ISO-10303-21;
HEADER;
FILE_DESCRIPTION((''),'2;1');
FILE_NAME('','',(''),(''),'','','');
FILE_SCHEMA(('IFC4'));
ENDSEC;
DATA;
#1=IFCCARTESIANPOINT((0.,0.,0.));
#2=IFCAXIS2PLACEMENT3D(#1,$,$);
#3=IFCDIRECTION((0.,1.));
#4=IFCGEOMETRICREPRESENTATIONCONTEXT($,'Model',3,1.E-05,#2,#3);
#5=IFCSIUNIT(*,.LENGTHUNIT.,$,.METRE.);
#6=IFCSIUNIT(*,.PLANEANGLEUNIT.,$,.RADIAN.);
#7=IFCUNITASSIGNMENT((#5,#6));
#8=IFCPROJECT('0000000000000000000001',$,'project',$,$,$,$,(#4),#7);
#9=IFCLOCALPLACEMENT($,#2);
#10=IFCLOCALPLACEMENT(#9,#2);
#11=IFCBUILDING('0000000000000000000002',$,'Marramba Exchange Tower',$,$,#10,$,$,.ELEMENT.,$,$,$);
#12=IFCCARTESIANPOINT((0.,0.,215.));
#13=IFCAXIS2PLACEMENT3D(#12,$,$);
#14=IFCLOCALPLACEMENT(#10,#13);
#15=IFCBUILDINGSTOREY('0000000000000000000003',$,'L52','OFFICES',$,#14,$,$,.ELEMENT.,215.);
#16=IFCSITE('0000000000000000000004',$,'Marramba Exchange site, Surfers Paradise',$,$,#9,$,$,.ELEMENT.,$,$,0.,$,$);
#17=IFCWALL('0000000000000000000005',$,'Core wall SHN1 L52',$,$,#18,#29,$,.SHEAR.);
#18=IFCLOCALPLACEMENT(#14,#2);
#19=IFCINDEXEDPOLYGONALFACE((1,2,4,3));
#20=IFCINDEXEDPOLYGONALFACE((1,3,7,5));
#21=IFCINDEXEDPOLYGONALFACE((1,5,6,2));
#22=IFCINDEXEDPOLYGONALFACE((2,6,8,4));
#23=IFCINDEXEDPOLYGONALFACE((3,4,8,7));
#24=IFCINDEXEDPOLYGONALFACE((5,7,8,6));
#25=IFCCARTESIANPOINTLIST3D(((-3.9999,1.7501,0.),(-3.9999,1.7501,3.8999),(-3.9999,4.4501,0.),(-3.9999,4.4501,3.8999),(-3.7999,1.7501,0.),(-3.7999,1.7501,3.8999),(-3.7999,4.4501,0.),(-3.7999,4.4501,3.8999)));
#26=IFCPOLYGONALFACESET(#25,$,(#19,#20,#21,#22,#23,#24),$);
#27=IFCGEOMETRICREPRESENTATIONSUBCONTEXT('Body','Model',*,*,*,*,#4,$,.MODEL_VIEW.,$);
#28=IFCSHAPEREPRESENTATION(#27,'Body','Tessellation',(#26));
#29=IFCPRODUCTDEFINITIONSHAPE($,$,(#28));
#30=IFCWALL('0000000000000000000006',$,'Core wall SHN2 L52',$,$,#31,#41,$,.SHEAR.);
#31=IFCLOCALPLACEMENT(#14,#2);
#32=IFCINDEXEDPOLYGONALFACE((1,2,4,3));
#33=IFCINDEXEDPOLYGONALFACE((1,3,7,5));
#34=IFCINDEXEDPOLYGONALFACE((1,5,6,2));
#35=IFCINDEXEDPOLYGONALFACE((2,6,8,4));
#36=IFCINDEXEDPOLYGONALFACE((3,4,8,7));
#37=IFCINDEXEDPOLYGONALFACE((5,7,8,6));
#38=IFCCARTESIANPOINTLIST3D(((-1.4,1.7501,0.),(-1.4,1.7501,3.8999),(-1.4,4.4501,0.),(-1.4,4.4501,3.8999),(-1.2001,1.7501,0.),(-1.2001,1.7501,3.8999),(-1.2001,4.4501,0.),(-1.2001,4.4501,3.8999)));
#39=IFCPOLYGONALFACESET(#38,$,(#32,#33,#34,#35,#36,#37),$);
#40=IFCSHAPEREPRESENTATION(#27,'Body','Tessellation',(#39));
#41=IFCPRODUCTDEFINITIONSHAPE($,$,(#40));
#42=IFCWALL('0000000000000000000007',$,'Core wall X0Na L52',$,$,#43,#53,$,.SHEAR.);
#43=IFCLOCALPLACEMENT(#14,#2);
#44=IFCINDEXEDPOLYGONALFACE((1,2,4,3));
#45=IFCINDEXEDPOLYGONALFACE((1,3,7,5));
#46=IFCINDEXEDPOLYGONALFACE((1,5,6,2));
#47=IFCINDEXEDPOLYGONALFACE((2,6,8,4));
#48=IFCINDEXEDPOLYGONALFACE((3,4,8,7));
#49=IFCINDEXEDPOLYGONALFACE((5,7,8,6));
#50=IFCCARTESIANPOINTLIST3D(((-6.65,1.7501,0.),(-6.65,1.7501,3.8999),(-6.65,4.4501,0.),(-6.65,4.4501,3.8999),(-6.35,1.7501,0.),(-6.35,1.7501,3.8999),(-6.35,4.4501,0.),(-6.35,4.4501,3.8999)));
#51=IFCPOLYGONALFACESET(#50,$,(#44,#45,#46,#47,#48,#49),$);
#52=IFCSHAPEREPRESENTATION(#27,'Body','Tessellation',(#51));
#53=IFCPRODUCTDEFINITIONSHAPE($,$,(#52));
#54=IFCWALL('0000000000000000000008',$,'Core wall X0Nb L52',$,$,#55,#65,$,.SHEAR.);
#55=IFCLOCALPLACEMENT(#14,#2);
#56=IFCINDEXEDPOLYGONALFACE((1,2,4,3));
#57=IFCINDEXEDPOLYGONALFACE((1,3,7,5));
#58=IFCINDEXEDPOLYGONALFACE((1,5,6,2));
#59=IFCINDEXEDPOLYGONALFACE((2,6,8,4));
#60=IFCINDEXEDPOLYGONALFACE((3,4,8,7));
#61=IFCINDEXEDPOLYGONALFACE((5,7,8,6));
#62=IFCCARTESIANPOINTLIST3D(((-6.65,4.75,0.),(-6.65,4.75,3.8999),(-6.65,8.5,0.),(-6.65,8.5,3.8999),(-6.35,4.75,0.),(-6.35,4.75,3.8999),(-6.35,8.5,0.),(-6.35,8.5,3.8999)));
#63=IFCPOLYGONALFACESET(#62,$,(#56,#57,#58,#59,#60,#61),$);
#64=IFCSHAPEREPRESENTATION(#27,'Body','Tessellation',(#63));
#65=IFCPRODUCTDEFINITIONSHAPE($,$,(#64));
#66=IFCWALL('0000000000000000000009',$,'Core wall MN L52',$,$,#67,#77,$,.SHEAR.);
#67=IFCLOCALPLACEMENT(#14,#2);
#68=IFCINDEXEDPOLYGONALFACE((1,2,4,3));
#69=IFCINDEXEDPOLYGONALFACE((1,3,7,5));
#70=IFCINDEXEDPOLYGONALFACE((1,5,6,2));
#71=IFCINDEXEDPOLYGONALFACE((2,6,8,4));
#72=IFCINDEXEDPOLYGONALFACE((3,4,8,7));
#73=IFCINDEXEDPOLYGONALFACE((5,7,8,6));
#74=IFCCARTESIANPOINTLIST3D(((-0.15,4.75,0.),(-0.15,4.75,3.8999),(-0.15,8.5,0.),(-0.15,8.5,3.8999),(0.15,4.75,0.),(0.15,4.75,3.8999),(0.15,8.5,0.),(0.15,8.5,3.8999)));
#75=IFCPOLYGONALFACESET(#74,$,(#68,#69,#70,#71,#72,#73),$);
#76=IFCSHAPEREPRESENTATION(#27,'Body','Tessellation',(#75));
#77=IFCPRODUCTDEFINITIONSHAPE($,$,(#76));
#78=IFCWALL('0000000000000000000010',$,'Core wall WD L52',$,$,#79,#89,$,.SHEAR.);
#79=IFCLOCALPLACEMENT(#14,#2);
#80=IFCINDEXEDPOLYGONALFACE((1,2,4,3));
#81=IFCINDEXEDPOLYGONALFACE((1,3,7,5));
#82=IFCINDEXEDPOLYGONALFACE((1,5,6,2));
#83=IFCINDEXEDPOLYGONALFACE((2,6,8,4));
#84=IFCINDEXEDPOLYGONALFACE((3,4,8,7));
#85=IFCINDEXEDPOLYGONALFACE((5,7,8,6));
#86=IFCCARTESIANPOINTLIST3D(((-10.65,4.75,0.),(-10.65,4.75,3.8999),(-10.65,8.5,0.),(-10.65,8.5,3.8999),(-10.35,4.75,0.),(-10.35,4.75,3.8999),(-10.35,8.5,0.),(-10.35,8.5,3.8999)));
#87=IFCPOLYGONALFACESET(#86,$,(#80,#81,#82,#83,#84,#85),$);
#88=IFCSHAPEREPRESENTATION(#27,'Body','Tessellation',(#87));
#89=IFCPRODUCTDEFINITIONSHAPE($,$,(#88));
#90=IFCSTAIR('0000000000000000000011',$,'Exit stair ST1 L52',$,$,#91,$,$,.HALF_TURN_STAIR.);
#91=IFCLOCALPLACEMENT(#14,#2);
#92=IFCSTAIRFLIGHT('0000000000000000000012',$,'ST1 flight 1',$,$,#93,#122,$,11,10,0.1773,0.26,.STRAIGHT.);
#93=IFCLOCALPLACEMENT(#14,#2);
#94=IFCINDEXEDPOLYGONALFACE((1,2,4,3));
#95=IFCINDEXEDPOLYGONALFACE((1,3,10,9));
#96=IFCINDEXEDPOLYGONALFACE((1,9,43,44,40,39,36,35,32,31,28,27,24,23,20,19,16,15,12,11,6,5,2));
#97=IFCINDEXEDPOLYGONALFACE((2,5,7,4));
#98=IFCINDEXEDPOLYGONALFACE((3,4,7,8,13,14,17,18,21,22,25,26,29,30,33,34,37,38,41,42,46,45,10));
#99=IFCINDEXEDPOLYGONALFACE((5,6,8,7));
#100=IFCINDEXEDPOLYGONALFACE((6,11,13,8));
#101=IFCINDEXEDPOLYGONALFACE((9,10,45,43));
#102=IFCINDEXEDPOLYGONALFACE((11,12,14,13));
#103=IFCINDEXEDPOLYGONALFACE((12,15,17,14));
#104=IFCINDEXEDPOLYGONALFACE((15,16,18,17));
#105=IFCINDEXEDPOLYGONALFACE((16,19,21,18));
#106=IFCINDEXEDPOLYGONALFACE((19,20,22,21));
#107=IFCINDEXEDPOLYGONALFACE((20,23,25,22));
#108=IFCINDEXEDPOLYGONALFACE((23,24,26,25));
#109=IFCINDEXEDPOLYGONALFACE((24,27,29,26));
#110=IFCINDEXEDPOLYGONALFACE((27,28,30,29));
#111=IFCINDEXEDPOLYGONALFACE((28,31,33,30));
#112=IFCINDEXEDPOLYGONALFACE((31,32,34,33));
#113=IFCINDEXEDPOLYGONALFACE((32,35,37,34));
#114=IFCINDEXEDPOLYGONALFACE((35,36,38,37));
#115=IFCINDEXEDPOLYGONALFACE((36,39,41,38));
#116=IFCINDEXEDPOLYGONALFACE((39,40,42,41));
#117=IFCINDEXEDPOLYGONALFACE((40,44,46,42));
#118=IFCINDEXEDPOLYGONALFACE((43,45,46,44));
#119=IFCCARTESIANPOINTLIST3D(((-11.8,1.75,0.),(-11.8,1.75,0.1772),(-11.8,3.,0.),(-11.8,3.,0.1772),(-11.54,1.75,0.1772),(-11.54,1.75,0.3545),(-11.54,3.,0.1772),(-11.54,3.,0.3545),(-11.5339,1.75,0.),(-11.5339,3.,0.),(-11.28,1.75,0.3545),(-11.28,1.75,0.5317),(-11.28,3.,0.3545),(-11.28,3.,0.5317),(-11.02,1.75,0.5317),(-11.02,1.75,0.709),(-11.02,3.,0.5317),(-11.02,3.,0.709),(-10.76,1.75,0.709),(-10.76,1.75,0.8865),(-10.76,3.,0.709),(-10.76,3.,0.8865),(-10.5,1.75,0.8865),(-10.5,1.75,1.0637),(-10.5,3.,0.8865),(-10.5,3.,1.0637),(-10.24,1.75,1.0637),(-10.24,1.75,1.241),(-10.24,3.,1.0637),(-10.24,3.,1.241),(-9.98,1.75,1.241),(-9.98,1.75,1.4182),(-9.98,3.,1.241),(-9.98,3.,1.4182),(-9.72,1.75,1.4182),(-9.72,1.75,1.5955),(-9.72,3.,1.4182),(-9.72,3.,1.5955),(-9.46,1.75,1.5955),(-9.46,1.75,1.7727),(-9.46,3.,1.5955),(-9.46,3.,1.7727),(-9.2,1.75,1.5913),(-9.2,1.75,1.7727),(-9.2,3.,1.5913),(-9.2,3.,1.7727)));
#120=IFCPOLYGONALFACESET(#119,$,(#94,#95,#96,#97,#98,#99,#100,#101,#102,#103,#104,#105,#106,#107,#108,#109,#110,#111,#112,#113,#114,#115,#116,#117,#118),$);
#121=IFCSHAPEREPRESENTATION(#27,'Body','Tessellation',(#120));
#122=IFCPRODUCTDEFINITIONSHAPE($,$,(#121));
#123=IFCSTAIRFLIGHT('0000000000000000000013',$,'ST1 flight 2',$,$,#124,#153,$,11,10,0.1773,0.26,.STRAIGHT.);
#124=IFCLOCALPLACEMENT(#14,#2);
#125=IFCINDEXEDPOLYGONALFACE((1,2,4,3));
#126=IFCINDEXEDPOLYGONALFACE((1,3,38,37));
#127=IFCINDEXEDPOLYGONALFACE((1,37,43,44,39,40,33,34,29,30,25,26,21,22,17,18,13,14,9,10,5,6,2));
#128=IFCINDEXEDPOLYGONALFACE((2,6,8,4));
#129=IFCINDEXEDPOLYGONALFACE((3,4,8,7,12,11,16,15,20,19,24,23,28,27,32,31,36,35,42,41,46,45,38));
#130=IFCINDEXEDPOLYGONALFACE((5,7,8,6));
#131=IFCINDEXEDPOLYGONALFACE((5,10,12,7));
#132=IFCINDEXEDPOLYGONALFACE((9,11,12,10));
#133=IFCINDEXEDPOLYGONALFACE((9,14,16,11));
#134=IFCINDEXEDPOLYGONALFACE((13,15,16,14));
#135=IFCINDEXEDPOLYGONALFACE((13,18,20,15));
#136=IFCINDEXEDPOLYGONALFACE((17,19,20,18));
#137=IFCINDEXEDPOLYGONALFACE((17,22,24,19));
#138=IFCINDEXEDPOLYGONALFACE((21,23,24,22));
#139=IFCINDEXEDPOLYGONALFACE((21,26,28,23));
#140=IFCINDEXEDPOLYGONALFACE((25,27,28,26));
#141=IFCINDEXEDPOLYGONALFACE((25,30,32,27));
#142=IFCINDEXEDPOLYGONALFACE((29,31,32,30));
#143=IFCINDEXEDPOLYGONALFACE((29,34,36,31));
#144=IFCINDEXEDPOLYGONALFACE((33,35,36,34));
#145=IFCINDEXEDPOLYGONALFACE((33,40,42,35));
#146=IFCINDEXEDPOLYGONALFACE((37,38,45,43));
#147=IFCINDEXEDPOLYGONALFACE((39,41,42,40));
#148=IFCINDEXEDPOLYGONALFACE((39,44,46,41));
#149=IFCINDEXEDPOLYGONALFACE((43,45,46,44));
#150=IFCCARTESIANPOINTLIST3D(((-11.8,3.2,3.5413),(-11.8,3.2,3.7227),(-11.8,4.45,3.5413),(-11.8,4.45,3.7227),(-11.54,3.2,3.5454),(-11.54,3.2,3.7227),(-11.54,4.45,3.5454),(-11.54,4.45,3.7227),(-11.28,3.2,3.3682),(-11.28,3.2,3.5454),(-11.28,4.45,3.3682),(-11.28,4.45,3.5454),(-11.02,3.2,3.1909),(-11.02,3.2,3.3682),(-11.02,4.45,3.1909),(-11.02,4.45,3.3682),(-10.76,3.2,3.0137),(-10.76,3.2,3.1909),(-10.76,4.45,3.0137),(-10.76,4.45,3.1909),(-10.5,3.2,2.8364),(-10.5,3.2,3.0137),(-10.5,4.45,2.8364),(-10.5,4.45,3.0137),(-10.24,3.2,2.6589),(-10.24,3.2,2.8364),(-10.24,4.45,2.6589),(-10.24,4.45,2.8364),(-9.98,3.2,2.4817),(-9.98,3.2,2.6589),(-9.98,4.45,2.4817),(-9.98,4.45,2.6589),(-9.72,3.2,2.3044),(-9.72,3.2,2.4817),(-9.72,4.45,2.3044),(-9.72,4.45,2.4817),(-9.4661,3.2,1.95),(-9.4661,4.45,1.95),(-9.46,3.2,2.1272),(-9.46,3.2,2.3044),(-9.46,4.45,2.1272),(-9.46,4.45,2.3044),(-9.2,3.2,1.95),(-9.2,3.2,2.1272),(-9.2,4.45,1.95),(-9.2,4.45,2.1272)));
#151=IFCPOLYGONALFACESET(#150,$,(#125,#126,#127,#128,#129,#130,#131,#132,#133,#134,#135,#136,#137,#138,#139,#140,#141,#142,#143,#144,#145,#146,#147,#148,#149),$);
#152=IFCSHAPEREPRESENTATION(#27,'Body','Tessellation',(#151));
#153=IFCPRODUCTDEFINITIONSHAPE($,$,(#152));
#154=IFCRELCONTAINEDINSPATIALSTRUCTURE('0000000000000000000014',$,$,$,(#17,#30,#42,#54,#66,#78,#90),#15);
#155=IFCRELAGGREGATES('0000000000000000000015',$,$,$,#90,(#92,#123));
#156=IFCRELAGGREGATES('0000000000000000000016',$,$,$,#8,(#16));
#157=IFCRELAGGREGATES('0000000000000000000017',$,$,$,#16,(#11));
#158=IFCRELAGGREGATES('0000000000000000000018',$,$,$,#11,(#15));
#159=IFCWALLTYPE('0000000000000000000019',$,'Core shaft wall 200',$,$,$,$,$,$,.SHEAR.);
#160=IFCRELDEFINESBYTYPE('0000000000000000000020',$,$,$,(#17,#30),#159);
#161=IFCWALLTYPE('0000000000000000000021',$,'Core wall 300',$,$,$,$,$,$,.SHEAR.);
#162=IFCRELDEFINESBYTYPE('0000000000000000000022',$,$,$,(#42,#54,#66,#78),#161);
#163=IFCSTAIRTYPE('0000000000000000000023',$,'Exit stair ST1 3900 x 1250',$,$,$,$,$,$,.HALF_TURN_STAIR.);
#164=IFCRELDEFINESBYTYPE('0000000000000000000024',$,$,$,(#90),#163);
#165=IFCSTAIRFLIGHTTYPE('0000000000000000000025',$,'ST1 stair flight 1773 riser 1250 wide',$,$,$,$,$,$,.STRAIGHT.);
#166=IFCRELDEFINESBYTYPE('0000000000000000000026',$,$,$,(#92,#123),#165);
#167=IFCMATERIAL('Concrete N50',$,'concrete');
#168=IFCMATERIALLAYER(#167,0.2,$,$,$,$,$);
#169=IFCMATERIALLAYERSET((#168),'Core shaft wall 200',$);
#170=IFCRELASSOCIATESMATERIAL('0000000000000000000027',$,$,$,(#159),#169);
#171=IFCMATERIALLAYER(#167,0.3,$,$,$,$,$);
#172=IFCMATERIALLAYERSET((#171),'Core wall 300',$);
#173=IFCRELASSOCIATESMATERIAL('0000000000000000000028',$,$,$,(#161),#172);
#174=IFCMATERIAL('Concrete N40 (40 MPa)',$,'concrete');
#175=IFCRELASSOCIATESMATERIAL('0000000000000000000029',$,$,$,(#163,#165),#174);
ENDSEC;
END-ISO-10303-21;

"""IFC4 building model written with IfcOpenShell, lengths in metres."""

from ifc_helpers import new_model, si_unit, direction, frame, frame_2d, origin, place, context, subcontext, project, spatial, polyline, rectangle, outline, extrude, material, layer, layer_set, type_object, element, aggregate, save


model = new_model("IFC4")

# Units and contexts
model_context = context("Model", 3, precision=1e-05, world=origin(), true_north=direction((0.0, 1.0)))
body_context = subcontext(model_context, "Body", "Model", "MODEL_VIEW")
ifc_project = project(units=[si_unit("LENGTHUNIT", "METRE"), si_unit("PLANEANGLEUNIT", "RADIAN")], contexts=[model_context])

# Site, building, storey
site_placement = place(None, origin())
site = spatial("IfcSite", under=ifc_project, at=site_placement, Name="Marramba Exchange site, Surfers Paradise", CompositionType="ELEMENT", RefElevation=0.0)
building_placement = place(site_placement, origin())
building = spatial("IfcBuilding", under=site, at=building_placement, Name="Marramba Exchange Tower", CompositionType="ELEMENT")
storey_placement = place(building_placement, frame((0.0, 0.0, 215.0)))
storey = spatial("IfcBuildingStorey", under=building, at=storey_placement, Name="L52", Description="OFFICES", CompositionType="ELEMENT", Elevation=215.0)

# Shared definitions
ifc_material_1 = material(Name="Concrete N50", Category="concrete")

# Walls
ifc_layer_1 = layer(ifc_material_1, 0.2)
ifc_layer_set_1 = layer_set([ifc_layer_1], Name="Core shaft wall 200")
wall_type_1 = type_object("IfcWallType", Name="Core shaft wall 200", PredefinedType="SHEAR", material=ifc_layer_set_1)
for number, where, z_axis, x_axis, name in (
    (1, (-3.8999, 1.75, 0.0), (0.0, 0.0, 1.0), (0.0, 1.0, 0.0), "Core wall SHN1 L52"),
    (2, (-1.3, 1.75, 0.0), (0.0, 0.0, 1.0), (0.0, 1.0, 0.0), "Core wall SHN2 L52"),
):
    element("IfcWall", number, at=place(storey_placement, frame(where, z_axis=z_axis, x_axis=x_axis)), inside=storey, type_object=wall_type_1, Name=name, PredefinedType="SHEAR", context=body_context, shape_type="SweptSolid", body=[
        extrude(rectangle(XDim=2.7, YDim=0.2, at=frame_2d((1.3501, 0.0))), origin(), (0.0, 0.0, 1.0), 3.8999),
    ])
ifc_layer_2 = layer(ifc_material_1, 0.3)
ifc_layer_set_2 = layer_set([ifc_layer_2], Name="Core wall 300")
wall_type_2 = type_object("IfcWallType", Name="Core wall 300", PredefinedType="SHEAR", material=ifc_layer_set_2)
wall_1_placement = place(storey_placement, frame((-6.5, 1.75, 0.0), z_axis=(0.0, 0.0, 1.0), x_axis=(0.0, 1.0, 0.0)))
element("IfcWall", 3, at=wall_1_placement, inside=storey, type_object=wall_type_2, Name="Core wall X0Na L52", PredefinedType="SHEAR", context=body_context, shape_type="SweptSolid", body=[
    extrude(rectangle(XDim=2.7, YDim=0.3, at=frame_2d((1.3501, 0.0))), origin(), (0.0, 0.0, 1.0), 3.8999),
])
for number, where, z_axis, x_axis, name in (
    (4, (-6.5, 4.75, 0.0), (0.0, 0.0, 1.0), (0.0, 1.0, 0.0), "Core wall X0Nb L52"),
    (5, (0.0, 4.75, 0.0), (0.0, 0.0, 1.0), (0.0, 1.0, 0.0), "Core wall MN L52"),
    (6, (-10.5, 4.75, 0.0), (0.0, 0.0, 1.0), (0.0, 1.0, 0.0), "Core wall WD L52"),
):
    element("IfcWall", number, at=place(storey_placement, frame(where, z_axis=z_axis, x_axis=x_axis)), inside=storey, type_object=wall_type_2, Name=name, PredefinedType="SHEAR", context=body_context, shape_type="SweptSolid", body=[
        extrude(rectangle(XDim=3.75, YDim=0.3, at=frame_2d((1.875, 0.0))), origin(), (0.0, 0.0, 1.0), 3.8999),
    ])

# Stair, stair flights
ifc_material_2 = material(Name="Concrete N40 (40 MPa)", Category="concrete")
stair_type = type_object("IfcStairType", Name="Exit stair ST1 3900 x 1250", PredefinedType="HALF_TURN_STAIR", material=ifc_material_2)
stair_placement = place(storey_placement, origin())
stair = element("IfcStair", 7, at=stair_placement, inside=storey, type_object=stair_type, Name="Exit stair ST1 L52", PredefinedType="HALF_TURN_STAIR")
stair_flight_type = type_object("IfcStairFlightType", Name="ST1 stair flight 1773 riser 1250 wide", PredefinedType="STRAIGHT", material=ifc_material_2)
stair_flight_1_placement = place(storey_placement, frame((-11.8, 2.375, 0.0), z_axis=(0.0, 0.0, 1.0), x_axis=(1.0, 0.0, 0.0)))
stair_flight_1 = element("IfcStairFlight", 8, at=stair_flight_1_placement, type_object=stair_flight_type, Name="ST1 flight 1", NumberOfRisers=11, NumberOfTreads=10, PredefinedType="STRAIGHT", RiserHeight=0.1773, TreadLength=0.26, context=body_context, shape_type="SweptSolid", body=[
    extrude(outline(polyline([(0.0, 0.0), (0.0, 0.1772), (0.26, 0.1772), (0.26, 0.3545), (0.52, 0.3545), (0.52, 0.5317), (0.78, 0.5317), (0.78, 0.709), (1.04, 0.709), (1.04, 0.8865), (1.3, 0.8865), (1.3, 1.0637), (1.5601, 1.0637), (1.5601, 1.241), (1.8201, 1.241), (1.8201, 1.4182), (2.0801, 1.4182), (2.0801, 1.5955), (2.3401, 1.5955), (2.3401, 1.7727), (2.6001, 1.7727), (2.6001, 1.95), (2.6001, 1.5913), (0.2661, 0.0), (0.0, 0.0)])), frame((0.0, 0.625, 0.0), z_axis=(0.0, -1.0, 0.0), x_axis=(1.0, 0.0, 0.0)), (0.0, 0.0, 1.0), 1.25),
])
stair_flight_2_placement = place(storey_placement, frame((-9.2, 3.825, 1.95), z_axis=(0.0, 0.0, 1.0), x_axis=(-1.0, 0.0, 0.0)))
stair_flight_2 = element("IfcStairFlight", 9, at=stair_flight_2_placement, type_object=stair_flight_type, Name="ST1 flight 2", NumberOfRisers=11, NumberOfTreads=10, PredefinedType="STRAIGHT", RiserHeight=0.1773, TreadLength=0.26, context=body_context, shape_type="SweptSolid", body=[
    extrude(outline(polyline([(0.0, 0.0), (0.0, 0.1772), (0.26, 0.1772), (0.26, 0.3545), (0.52, 0.3545), (0.52, 0.5317), (0.78, 0.5317), (0.78, 0.709), (1.04, 0.709), (1.04, 0.8865), (1.3, 0.8865), (1.3, 1.0637), (1.5601, 1.0637), (1.5601, 1.241), (1.8201, 1.241), (1.8201, 1.4182), (2.0801, 1.4182), (2.0801, 1.5955), (2.3401, 1.5955), (2.3401, 1.7727), (2.6001, 1.7727), (2.6001, 1.95), (2.6001, 1.5913), (0.2661, 0.0), (0.0, 0.0)])), frame((0.0, 0.625, 0.0), z_axis=(0.0, -1.0, 0.0), x_axis=(1.0, 0.0, 0.0)), (0.0, 0.0, 1.0), 1.25),
])
aggregate(stair, [stair_flight_1, stair_flight_2])

save(model, "model.ifc")
